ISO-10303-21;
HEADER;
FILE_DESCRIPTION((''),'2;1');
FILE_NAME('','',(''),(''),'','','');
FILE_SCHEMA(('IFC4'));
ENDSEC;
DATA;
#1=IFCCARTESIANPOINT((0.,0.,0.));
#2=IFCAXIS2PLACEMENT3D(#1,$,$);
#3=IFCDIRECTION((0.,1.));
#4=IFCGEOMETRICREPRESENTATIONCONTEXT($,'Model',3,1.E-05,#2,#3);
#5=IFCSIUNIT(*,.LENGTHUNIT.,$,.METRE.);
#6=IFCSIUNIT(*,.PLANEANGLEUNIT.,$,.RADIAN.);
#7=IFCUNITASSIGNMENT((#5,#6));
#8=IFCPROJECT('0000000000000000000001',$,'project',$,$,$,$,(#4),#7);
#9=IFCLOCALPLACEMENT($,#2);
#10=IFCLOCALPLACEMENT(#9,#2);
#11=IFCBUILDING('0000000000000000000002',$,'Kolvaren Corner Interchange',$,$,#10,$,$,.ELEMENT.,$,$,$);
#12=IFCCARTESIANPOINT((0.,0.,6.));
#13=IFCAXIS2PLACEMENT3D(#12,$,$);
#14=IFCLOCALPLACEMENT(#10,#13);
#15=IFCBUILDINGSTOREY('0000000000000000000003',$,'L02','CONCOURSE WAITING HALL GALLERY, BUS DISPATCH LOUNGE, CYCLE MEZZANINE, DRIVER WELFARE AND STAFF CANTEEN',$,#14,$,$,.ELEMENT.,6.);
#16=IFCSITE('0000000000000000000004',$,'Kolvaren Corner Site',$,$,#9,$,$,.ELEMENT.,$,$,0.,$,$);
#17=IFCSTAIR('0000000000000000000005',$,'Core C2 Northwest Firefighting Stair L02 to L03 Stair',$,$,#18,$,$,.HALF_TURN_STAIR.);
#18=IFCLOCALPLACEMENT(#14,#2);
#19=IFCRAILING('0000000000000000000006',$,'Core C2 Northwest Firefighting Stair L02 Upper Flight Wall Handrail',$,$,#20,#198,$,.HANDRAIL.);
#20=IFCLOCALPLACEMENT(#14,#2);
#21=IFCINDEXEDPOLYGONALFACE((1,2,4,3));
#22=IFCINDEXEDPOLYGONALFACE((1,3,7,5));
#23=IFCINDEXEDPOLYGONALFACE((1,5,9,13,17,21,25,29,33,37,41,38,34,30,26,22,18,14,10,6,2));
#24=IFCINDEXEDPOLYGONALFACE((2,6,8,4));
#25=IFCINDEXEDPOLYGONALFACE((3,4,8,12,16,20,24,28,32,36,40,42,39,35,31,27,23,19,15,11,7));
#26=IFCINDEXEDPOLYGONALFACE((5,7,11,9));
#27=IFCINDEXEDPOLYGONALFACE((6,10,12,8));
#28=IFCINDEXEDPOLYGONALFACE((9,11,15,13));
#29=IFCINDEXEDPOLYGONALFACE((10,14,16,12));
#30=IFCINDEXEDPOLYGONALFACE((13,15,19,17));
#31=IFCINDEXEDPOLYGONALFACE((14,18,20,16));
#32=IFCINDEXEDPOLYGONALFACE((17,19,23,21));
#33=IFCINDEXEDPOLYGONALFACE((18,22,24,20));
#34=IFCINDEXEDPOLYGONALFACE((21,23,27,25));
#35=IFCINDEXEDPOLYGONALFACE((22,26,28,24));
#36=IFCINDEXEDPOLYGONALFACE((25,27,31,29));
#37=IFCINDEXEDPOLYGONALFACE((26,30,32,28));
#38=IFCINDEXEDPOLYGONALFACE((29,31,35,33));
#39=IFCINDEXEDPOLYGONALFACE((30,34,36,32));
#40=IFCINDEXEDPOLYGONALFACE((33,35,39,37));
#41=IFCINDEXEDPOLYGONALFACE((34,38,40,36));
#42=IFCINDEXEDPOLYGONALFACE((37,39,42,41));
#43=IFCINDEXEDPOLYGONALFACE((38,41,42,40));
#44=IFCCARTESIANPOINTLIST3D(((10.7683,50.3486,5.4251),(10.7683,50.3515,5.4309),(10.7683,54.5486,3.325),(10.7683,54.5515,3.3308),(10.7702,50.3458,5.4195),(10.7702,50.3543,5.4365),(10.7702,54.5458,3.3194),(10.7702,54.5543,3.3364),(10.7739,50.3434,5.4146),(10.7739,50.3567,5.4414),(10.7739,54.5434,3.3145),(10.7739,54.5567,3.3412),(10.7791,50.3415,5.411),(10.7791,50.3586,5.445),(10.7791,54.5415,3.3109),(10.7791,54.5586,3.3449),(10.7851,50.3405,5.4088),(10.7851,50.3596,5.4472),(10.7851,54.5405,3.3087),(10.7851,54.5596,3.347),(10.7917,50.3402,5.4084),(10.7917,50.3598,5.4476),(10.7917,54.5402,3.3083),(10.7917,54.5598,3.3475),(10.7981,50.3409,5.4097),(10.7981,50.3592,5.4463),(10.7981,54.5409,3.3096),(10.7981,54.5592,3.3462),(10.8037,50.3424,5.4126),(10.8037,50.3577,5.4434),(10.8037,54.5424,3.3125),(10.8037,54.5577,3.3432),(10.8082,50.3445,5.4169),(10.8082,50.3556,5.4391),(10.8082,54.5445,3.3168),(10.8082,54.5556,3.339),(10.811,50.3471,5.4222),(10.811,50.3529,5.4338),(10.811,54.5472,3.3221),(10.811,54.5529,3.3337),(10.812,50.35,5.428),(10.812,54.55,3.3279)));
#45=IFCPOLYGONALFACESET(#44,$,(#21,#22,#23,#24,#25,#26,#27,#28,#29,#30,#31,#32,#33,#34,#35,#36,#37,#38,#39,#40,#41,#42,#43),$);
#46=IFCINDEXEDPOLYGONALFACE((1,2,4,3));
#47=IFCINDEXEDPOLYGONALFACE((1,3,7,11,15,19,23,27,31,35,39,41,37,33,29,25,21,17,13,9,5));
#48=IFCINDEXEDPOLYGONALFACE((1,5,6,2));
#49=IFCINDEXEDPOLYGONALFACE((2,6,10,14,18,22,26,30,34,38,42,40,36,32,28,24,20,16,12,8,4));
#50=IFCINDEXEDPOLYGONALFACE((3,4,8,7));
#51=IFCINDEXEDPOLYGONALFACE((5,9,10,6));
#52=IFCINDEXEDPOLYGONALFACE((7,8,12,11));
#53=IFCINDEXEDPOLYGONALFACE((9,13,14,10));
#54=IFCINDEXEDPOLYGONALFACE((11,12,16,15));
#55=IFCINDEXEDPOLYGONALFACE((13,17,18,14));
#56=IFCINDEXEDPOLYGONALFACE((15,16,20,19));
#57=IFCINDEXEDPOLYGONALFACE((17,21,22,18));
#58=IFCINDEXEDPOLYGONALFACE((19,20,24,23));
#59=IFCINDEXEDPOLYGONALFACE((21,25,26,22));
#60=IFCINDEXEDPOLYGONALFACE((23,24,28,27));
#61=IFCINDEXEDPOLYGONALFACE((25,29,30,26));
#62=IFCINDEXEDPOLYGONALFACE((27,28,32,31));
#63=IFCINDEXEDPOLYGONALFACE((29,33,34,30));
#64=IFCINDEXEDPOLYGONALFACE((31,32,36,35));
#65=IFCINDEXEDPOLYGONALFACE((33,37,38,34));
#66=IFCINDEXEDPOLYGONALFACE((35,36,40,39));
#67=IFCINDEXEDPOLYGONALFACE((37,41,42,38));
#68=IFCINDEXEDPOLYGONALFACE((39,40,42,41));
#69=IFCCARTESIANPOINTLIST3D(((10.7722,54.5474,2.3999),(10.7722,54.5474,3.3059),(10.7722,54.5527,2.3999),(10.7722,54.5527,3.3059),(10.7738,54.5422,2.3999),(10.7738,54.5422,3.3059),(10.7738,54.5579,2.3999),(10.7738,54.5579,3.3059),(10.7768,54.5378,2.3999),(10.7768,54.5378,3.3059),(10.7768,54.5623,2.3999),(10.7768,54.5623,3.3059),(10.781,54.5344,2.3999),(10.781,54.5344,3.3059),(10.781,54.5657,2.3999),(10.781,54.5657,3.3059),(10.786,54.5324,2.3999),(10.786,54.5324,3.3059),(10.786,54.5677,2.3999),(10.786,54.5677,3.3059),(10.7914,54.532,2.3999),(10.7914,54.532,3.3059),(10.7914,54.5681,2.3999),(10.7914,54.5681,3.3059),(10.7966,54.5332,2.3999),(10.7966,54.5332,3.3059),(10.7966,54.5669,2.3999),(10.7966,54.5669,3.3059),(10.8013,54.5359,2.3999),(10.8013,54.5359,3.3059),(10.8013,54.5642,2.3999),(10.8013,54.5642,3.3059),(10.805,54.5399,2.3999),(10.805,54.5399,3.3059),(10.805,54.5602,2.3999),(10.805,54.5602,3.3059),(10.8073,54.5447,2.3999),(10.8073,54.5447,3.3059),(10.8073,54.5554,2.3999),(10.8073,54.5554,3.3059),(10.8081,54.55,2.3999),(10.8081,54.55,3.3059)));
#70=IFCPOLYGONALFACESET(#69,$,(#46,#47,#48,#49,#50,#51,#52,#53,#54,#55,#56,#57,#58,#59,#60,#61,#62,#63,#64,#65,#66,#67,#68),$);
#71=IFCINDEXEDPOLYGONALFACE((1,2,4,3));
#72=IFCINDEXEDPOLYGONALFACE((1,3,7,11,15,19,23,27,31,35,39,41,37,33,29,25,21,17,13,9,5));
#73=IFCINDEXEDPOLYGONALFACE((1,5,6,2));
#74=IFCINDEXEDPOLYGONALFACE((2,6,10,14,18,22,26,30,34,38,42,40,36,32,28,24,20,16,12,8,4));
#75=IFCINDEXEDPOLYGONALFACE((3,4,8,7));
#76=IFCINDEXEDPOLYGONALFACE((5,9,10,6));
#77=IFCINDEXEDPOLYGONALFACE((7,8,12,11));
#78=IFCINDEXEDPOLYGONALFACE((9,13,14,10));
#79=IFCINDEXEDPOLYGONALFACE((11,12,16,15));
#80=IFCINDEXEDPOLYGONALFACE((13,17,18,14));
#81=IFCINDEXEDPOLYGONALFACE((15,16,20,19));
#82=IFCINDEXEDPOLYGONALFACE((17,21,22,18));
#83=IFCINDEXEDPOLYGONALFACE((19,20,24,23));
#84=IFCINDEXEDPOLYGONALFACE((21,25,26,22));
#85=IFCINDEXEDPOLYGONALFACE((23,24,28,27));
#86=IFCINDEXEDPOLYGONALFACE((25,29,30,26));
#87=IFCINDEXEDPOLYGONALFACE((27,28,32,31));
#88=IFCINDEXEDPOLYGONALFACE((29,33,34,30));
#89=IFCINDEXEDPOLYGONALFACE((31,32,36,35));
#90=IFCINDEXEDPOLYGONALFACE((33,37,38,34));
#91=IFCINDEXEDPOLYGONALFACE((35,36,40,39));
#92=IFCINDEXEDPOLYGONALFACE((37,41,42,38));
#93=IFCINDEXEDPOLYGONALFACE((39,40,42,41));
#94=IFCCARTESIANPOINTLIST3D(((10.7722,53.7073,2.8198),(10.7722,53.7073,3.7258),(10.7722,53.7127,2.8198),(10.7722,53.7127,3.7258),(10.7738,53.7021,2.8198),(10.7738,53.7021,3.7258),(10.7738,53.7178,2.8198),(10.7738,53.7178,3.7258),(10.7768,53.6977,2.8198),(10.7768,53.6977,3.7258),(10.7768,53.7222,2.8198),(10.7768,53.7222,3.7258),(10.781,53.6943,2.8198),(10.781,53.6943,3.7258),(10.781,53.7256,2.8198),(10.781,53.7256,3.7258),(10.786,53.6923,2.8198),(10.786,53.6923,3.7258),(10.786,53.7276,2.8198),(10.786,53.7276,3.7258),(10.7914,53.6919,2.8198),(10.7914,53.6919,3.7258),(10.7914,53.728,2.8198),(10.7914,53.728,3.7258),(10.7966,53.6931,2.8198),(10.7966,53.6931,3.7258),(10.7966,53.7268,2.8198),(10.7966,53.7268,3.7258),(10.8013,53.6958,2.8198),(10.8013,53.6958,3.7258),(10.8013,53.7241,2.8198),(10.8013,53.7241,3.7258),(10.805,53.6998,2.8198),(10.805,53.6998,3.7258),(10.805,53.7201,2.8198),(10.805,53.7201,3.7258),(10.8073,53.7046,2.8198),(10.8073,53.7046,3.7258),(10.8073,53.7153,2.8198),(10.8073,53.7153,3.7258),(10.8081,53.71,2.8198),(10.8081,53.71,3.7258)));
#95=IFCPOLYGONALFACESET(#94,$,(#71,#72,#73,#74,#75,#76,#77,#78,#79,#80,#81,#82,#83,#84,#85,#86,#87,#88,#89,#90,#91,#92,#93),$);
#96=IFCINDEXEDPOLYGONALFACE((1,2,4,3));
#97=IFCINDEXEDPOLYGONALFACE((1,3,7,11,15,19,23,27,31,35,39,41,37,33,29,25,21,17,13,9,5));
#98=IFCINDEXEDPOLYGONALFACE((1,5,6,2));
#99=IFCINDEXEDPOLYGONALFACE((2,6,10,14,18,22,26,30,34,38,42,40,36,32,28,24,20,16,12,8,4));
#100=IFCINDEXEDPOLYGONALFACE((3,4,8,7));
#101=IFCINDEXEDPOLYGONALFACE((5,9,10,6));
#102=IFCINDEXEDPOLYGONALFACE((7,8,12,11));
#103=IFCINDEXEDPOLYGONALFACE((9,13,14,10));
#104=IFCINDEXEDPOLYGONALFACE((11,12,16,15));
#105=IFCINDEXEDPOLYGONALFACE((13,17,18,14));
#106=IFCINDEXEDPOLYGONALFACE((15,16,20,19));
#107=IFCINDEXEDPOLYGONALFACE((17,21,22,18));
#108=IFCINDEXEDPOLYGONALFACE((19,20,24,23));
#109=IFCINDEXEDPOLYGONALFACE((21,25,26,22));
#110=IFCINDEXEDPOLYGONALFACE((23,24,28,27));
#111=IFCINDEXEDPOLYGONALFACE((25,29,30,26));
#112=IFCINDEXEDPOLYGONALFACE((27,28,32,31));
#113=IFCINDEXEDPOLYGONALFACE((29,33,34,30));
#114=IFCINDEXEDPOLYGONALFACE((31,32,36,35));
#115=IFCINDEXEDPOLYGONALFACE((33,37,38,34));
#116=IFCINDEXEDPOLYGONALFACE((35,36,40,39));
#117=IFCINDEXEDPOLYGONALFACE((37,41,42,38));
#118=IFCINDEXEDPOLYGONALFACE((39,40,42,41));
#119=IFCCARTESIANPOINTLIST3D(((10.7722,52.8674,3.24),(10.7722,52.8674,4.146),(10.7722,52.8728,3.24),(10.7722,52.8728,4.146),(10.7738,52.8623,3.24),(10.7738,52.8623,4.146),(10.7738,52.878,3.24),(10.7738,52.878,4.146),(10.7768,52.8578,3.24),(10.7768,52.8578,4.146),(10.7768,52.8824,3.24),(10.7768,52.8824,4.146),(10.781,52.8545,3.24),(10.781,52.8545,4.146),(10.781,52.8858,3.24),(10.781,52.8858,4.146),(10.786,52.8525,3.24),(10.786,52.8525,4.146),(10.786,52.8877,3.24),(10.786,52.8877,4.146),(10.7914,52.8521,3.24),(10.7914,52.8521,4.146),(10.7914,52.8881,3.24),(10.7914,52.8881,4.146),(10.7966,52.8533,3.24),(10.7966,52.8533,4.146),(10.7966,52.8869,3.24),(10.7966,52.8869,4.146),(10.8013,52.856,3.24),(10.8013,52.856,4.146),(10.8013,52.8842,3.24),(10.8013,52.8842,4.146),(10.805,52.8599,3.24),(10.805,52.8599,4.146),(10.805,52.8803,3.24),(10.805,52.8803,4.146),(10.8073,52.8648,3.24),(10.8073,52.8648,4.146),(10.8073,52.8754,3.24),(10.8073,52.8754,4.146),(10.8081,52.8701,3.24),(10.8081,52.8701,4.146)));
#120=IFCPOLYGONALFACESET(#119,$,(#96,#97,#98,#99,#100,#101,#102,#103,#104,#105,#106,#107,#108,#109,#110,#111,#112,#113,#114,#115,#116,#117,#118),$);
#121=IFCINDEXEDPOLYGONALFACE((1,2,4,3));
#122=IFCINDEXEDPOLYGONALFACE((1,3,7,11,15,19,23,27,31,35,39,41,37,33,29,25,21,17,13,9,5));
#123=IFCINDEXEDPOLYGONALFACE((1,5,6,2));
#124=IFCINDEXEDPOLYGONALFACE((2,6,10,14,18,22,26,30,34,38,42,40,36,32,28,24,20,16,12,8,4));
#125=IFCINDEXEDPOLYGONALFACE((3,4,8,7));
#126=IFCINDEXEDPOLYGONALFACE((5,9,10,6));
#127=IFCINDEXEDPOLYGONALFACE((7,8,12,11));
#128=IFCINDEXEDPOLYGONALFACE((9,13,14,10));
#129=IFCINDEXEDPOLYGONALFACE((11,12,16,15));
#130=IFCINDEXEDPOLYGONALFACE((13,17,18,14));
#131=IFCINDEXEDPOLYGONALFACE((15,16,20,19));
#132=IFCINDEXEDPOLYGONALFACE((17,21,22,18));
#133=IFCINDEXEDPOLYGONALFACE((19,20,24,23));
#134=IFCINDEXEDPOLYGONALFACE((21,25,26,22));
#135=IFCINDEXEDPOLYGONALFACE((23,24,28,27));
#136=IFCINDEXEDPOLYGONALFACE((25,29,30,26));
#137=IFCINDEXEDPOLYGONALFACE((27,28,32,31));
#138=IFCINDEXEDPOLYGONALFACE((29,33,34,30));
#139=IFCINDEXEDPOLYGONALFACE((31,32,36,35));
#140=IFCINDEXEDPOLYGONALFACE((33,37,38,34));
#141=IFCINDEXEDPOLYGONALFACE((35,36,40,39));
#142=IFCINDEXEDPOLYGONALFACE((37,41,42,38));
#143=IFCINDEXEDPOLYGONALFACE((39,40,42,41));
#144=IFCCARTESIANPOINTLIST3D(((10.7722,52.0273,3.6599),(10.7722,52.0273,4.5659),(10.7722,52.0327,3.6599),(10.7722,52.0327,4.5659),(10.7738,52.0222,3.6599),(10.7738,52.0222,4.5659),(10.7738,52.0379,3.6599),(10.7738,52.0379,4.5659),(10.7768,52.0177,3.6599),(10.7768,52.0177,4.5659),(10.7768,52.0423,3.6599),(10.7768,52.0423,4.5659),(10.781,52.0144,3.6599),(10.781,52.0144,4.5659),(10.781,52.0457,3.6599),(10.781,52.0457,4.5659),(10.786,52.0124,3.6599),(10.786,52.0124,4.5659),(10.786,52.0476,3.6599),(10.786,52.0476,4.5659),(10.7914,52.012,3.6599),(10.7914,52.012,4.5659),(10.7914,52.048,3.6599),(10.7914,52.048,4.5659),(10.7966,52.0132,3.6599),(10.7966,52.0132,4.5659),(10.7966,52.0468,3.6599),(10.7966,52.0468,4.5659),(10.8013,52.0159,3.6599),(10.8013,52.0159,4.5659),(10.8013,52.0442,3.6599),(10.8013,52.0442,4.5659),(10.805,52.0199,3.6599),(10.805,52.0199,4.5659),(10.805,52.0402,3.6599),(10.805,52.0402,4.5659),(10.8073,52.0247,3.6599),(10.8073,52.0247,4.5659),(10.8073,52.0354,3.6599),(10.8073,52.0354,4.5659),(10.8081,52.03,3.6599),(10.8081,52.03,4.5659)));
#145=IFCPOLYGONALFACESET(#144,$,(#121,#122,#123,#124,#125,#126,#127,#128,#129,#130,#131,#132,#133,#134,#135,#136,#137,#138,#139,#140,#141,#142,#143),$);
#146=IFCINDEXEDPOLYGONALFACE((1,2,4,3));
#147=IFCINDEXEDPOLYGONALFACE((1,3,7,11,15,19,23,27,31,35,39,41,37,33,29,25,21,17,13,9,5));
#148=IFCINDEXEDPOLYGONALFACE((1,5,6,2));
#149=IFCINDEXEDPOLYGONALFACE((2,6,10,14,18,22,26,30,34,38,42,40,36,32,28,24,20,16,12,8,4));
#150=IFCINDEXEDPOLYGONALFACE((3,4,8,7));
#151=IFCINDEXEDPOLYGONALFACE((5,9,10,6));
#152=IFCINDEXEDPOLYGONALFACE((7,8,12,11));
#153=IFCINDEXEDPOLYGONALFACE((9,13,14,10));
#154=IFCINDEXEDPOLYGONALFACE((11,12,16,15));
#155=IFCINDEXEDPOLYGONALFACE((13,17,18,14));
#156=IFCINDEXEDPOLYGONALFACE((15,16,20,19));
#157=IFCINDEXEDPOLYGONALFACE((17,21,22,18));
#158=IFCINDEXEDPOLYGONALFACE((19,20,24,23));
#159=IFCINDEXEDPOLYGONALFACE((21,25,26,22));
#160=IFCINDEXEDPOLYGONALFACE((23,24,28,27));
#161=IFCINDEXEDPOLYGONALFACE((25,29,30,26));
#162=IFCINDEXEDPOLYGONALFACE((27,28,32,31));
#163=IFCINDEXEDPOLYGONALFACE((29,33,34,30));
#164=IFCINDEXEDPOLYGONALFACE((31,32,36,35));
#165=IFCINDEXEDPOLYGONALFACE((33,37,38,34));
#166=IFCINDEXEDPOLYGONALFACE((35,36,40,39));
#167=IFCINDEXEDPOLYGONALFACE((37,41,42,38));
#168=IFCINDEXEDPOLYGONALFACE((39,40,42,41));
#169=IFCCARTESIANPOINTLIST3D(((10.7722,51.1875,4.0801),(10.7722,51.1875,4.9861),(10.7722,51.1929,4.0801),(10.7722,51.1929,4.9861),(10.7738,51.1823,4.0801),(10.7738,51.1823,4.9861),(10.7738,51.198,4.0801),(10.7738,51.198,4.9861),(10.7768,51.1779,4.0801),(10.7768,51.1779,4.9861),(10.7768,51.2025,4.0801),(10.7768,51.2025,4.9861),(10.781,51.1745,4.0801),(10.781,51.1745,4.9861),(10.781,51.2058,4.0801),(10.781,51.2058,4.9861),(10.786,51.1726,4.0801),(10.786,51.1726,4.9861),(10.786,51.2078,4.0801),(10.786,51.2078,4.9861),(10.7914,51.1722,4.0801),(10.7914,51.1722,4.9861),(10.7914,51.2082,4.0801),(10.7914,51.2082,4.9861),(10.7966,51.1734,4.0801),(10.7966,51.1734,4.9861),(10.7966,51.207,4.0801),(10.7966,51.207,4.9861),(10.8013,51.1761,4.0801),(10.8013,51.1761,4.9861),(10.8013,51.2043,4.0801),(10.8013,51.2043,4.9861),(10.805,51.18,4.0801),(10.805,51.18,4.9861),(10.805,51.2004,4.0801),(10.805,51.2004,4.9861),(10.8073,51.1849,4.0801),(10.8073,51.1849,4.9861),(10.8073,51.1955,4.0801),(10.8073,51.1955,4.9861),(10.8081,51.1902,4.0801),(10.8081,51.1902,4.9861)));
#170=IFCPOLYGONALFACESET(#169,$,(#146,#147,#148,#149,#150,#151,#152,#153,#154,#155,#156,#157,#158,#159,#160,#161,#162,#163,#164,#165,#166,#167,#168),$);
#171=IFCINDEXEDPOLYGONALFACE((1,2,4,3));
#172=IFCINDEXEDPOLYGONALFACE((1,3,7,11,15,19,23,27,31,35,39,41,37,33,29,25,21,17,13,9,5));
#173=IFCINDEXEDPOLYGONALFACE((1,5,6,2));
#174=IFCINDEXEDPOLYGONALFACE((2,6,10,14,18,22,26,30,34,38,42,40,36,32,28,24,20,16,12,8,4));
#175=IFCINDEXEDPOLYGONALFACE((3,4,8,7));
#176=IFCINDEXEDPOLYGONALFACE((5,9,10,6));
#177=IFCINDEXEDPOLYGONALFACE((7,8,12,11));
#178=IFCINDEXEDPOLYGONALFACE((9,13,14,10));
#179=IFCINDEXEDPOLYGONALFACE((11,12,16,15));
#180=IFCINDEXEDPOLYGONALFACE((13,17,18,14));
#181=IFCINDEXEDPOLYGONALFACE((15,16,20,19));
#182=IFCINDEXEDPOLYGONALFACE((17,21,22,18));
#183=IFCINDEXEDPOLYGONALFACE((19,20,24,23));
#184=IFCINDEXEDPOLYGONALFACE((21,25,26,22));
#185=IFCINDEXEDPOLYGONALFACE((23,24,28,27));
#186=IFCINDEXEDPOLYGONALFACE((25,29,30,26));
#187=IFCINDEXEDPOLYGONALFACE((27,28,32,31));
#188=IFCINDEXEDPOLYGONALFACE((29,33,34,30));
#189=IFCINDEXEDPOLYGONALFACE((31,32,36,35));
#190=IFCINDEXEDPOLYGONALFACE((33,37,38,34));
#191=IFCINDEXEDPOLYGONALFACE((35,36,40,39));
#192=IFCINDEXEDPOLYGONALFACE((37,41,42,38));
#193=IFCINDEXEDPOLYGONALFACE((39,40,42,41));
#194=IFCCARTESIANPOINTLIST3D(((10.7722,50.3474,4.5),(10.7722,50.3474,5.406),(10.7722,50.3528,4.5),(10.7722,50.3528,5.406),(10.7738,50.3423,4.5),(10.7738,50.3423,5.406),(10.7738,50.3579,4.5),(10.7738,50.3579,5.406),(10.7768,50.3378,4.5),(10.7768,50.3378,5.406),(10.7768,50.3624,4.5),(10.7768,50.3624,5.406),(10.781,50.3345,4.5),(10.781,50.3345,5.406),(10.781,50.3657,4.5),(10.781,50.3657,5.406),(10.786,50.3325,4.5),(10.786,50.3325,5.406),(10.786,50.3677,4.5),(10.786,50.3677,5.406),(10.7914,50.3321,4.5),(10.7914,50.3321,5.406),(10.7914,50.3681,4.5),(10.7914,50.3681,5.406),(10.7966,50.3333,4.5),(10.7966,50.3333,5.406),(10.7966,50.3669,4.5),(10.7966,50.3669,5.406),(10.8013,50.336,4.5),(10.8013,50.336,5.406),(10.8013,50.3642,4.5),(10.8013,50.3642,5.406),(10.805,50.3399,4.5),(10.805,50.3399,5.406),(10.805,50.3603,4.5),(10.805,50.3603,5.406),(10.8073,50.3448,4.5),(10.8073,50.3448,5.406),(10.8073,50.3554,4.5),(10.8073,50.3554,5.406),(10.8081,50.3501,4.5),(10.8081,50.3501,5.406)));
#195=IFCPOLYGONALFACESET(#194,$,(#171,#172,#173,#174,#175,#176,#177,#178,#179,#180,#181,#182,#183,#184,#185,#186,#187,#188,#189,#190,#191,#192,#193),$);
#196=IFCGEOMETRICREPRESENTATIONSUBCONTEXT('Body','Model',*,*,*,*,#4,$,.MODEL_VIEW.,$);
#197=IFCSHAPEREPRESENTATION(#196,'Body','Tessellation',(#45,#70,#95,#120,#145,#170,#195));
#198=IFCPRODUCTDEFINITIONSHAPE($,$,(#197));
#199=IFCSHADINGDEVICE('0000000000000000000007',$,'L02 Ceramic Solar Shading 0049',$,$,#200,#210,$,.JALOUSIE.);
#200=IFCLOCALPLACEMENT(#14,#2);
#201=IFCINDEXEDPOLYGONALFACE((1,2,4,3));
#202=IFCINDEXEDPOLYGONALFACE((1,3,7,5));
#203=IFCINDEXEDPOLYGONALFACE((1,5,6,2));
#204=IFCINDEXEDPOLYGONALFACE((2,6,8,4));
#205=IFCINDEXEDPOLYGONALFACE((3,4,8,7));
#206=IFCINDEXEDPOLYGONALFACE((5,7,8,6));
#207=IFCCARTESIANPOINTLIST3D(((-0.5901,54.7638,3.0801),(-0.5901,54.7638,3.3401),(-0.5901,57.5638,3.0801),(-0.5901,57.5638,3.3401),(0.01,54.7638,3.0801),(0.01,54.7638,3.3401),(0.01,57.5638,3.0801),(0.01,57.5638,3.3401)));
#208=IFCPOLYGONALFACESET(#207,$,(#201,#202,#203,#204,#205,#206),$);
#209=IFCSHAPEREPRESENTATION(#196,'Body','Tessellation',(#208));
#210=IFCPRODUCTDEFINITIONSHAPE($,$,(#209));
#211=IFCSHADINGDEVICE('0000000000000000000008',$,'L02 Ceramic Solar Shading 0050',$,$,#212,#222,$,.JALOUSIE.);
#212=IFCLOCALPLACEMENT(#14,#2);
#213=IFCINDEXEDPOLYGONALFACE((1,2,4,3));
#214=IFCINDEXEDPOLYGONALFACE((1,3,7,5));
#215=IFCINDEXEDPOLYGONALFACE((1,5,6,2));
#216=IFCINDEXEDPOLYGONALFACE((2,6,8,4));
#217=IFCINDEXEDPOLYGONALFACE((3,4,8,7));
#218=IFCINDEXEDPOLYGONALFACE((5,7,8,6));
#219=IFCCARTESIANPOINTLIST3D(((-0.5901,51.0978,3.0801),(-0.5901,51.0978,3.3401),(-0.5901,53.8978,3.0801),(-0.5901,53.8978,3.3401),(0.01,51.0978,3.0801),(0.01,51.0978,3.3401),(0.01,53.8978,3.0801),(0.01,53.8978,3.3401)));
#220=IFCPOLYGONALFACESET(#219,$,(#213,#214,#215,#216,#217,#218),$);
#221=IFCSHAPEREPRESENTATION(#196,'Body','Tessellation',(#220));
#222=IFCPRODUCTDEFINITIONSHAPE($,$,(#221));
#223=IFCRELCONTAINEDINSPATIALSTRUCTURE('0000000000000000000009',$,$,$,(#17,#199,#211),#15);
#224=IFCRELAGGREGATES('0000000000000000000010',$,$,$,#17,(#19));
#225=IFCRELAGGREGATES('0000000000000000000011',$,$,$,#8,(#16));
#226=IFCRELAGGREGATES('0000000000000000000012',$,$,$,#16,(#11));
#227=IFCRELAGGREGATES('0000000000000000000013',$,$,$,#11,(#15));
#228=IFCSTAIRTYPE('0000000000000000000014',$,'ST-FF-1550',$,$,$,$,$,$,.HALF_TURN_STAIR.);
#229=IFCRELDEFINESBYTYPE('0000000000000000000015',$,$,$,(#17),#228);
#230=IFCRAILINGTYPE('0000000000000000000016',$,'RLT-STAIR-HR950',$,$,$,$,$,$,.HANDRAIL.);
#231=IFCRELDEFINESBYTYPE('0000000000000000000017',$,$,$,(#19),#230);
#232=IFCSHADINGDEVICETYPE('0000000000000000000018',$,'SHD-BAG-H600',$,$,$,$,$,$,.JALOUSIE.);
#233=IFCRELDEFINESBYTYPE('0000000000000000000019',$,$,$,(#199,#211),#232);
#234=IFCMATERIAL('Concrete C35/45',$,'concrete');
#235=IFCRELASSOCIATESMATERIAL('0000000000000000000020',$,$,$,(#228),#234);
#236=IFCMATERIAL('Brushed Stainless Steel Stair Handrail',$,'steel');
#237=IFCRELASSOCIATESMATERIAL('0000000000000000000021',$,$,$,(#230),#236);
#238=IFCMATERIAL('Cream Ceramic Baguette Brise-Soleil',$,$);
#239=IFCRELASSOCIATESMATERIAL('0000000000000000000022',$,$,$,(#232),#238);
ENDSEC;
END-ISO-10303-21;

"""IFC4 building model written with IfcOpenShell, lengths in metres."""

from ifc_helpers import new_model, si_unit, direction, frame, origin, origin_2d, place, context, subcontext, project, spatial, rectangle, circle, extrude, material, type_object, element, aggregate, save


model = new_model("IFC4")

# Units and contexts
model_context = context("Model", 3, precision=1e-05, world=origin(), true_north=direction((0.0, 1.0)))
body_context = subcontext(model_context, "Body", "Model", "MODEL_VIEW")
ifc_project = project(units=[si_unit("LENGTHUNIT", "METRE"), si_unit("PLANEANGLEUNIT", "RADIAN")], contexts=[model_context])

# Site, building, storey
site_placement = place(None, origin())
site = spatial("IfcSite", under=ifc_project, at=site_placement, Name="Kolvaren Corner Site", CompositionType="ELEMENT", RefElevation=0.0)
building_placement = place(site_placement, origin())
building = spatial("IfcBuilding", under=site, at=building_placement, Name="Kolvaren Corner Interchange", CompositionType="ELEMENT")
storey_placement = place(building_placement, frame((0.0, 0.0, 6.0)))
storey = spatial("IfcBuildingStorey", under=building, at=storey_placement, Name="L02", Description="CONCOURSE WAITING HALL GALLERY, BUS DISPATCH LOUNGE, CYCLE MEZZANINE, DRIVER WELFARE AND STAFF CANTEEN", CompositionType="ELEMENT", Elevation=6.0)

# Stair
ifc_material_1 = material(Name="Concrete C35/45", Category="concrete")
stair_type = type_object("IfcStairType", Name="ST-FF-1550", PredefinedType="HALF_TURN_STAIR", material=ifc_material_1)
stair_placement = place(storey_placement, origin())
stair = element("IfcStair", 1, at=stair_placement, inside=storey, type_object=stair_type, Name="Core C2 Northwest Firefighting Stair L02 to L03 Stair", PredefinedType="HALF_TURN_STAIR")

# Railing
ifc_material_2 = material(Name="Brushed Stainless Steel Stair Handrail", Category="steel")
railing_type_1 = type_object("IfcRailingType", Name="RLT-STAIR-HR950", PredefinedType="HANDRAIL", material=ifc_material_2)
railing_1_placement = place(storey_placement, frame((10.79, 54.55, 2.3999)))
railing_1 = element("IfcRailing", 2, at=railing_1_placement, type_object=railing_type_1, Name="Core C2 Northwest Firefighting Stair L02 Upper Flight Wall Handrail", PredefinedType="HANDRAIL", context=body_context, shape_type="SweptSolid", body=[
    extrude(circle(Radius=0.022, at=origin_2d()), frame((0.0, 0.0, 0.928), z_axis=(0.0, -0.894417, 0.447234), x_axis=(1.0, 0.0, 0.0)), (0.0, 0.0, 1.0), 4.6958),
    extrude(circle(Radius=0.0181, at=origin_2d()), origin(), (0.0, 0.0, 1.0), 0.906),
    extrude(circle(Radius=0.0181, at=origin_2d()), frame((0.0, -0.8401, 0.4199)), (0.0, 0.0, 1.0), 0.906),
    extrude(circle(Radius=0.0181, at=origin_2d()), frame((0.0, -1.6799, 0.8401)), (0.0, 0.0, 1.0), 0.906),
    extrude(circle(Radius=0.0181, at=origin_2d()), frame((0.0, -2.52, 1.26)), (0.0, 0.0, 1.0), 0.906),
    extrude(circle(Radius=0.0181, at=origin_2d()), frame((0.0, -3.3599, 1.6802)), (0.0, 0.0, 1.0), 0.906),
    extrude(circle(Radius=0.0181, at=origin_2d()), frame((0.0, -4.2, 2.1001)), (0.0, 0.0, 1.0), 0.906),
])
aggregate(stair, [railing_1])

# Shading devices
ifc_material_3 = material(Name="Cream Ceramic Baguette Brise-Soleil")
shading_device_type = type_object("IfcShadingDeviceType", Name="SHD-BAG-H600", PredefinedType="JALOUSIE", material=ifc_material_3)
for number, where, z_axis, x_axis, name in (
    (3, (-0.29, 56.1638, 3.0801), (0.0, 0.0, 1.0), (0.0, -1.0, 0.0), "L02 Ceramic Solar Shading 0049"),
    (4, (-0.29, 52.4978, 3.0801), (0.0, 0.0, 1.0), (0.0, -1.0, 0.0), "L02 Ceramic Solar Shading 0050"),
):
    element("IfcShadingDevice", number, at=place(storey_placement, frame(where, z_axis=z_axis, x_axis=x_axis)), inside=storey, type_object=shading_device_type, Name=name, PredefinedType="JALOUSIE", context=body_context, shape_type="SweptSolid", body=[
        extrude(rectangle(XDim=2.8, YDim=0.6001, at=origin_2d()), origin(), (0.0, 0.0, 1.0), 0.26),
    ])

save(model, "model.ifc")
